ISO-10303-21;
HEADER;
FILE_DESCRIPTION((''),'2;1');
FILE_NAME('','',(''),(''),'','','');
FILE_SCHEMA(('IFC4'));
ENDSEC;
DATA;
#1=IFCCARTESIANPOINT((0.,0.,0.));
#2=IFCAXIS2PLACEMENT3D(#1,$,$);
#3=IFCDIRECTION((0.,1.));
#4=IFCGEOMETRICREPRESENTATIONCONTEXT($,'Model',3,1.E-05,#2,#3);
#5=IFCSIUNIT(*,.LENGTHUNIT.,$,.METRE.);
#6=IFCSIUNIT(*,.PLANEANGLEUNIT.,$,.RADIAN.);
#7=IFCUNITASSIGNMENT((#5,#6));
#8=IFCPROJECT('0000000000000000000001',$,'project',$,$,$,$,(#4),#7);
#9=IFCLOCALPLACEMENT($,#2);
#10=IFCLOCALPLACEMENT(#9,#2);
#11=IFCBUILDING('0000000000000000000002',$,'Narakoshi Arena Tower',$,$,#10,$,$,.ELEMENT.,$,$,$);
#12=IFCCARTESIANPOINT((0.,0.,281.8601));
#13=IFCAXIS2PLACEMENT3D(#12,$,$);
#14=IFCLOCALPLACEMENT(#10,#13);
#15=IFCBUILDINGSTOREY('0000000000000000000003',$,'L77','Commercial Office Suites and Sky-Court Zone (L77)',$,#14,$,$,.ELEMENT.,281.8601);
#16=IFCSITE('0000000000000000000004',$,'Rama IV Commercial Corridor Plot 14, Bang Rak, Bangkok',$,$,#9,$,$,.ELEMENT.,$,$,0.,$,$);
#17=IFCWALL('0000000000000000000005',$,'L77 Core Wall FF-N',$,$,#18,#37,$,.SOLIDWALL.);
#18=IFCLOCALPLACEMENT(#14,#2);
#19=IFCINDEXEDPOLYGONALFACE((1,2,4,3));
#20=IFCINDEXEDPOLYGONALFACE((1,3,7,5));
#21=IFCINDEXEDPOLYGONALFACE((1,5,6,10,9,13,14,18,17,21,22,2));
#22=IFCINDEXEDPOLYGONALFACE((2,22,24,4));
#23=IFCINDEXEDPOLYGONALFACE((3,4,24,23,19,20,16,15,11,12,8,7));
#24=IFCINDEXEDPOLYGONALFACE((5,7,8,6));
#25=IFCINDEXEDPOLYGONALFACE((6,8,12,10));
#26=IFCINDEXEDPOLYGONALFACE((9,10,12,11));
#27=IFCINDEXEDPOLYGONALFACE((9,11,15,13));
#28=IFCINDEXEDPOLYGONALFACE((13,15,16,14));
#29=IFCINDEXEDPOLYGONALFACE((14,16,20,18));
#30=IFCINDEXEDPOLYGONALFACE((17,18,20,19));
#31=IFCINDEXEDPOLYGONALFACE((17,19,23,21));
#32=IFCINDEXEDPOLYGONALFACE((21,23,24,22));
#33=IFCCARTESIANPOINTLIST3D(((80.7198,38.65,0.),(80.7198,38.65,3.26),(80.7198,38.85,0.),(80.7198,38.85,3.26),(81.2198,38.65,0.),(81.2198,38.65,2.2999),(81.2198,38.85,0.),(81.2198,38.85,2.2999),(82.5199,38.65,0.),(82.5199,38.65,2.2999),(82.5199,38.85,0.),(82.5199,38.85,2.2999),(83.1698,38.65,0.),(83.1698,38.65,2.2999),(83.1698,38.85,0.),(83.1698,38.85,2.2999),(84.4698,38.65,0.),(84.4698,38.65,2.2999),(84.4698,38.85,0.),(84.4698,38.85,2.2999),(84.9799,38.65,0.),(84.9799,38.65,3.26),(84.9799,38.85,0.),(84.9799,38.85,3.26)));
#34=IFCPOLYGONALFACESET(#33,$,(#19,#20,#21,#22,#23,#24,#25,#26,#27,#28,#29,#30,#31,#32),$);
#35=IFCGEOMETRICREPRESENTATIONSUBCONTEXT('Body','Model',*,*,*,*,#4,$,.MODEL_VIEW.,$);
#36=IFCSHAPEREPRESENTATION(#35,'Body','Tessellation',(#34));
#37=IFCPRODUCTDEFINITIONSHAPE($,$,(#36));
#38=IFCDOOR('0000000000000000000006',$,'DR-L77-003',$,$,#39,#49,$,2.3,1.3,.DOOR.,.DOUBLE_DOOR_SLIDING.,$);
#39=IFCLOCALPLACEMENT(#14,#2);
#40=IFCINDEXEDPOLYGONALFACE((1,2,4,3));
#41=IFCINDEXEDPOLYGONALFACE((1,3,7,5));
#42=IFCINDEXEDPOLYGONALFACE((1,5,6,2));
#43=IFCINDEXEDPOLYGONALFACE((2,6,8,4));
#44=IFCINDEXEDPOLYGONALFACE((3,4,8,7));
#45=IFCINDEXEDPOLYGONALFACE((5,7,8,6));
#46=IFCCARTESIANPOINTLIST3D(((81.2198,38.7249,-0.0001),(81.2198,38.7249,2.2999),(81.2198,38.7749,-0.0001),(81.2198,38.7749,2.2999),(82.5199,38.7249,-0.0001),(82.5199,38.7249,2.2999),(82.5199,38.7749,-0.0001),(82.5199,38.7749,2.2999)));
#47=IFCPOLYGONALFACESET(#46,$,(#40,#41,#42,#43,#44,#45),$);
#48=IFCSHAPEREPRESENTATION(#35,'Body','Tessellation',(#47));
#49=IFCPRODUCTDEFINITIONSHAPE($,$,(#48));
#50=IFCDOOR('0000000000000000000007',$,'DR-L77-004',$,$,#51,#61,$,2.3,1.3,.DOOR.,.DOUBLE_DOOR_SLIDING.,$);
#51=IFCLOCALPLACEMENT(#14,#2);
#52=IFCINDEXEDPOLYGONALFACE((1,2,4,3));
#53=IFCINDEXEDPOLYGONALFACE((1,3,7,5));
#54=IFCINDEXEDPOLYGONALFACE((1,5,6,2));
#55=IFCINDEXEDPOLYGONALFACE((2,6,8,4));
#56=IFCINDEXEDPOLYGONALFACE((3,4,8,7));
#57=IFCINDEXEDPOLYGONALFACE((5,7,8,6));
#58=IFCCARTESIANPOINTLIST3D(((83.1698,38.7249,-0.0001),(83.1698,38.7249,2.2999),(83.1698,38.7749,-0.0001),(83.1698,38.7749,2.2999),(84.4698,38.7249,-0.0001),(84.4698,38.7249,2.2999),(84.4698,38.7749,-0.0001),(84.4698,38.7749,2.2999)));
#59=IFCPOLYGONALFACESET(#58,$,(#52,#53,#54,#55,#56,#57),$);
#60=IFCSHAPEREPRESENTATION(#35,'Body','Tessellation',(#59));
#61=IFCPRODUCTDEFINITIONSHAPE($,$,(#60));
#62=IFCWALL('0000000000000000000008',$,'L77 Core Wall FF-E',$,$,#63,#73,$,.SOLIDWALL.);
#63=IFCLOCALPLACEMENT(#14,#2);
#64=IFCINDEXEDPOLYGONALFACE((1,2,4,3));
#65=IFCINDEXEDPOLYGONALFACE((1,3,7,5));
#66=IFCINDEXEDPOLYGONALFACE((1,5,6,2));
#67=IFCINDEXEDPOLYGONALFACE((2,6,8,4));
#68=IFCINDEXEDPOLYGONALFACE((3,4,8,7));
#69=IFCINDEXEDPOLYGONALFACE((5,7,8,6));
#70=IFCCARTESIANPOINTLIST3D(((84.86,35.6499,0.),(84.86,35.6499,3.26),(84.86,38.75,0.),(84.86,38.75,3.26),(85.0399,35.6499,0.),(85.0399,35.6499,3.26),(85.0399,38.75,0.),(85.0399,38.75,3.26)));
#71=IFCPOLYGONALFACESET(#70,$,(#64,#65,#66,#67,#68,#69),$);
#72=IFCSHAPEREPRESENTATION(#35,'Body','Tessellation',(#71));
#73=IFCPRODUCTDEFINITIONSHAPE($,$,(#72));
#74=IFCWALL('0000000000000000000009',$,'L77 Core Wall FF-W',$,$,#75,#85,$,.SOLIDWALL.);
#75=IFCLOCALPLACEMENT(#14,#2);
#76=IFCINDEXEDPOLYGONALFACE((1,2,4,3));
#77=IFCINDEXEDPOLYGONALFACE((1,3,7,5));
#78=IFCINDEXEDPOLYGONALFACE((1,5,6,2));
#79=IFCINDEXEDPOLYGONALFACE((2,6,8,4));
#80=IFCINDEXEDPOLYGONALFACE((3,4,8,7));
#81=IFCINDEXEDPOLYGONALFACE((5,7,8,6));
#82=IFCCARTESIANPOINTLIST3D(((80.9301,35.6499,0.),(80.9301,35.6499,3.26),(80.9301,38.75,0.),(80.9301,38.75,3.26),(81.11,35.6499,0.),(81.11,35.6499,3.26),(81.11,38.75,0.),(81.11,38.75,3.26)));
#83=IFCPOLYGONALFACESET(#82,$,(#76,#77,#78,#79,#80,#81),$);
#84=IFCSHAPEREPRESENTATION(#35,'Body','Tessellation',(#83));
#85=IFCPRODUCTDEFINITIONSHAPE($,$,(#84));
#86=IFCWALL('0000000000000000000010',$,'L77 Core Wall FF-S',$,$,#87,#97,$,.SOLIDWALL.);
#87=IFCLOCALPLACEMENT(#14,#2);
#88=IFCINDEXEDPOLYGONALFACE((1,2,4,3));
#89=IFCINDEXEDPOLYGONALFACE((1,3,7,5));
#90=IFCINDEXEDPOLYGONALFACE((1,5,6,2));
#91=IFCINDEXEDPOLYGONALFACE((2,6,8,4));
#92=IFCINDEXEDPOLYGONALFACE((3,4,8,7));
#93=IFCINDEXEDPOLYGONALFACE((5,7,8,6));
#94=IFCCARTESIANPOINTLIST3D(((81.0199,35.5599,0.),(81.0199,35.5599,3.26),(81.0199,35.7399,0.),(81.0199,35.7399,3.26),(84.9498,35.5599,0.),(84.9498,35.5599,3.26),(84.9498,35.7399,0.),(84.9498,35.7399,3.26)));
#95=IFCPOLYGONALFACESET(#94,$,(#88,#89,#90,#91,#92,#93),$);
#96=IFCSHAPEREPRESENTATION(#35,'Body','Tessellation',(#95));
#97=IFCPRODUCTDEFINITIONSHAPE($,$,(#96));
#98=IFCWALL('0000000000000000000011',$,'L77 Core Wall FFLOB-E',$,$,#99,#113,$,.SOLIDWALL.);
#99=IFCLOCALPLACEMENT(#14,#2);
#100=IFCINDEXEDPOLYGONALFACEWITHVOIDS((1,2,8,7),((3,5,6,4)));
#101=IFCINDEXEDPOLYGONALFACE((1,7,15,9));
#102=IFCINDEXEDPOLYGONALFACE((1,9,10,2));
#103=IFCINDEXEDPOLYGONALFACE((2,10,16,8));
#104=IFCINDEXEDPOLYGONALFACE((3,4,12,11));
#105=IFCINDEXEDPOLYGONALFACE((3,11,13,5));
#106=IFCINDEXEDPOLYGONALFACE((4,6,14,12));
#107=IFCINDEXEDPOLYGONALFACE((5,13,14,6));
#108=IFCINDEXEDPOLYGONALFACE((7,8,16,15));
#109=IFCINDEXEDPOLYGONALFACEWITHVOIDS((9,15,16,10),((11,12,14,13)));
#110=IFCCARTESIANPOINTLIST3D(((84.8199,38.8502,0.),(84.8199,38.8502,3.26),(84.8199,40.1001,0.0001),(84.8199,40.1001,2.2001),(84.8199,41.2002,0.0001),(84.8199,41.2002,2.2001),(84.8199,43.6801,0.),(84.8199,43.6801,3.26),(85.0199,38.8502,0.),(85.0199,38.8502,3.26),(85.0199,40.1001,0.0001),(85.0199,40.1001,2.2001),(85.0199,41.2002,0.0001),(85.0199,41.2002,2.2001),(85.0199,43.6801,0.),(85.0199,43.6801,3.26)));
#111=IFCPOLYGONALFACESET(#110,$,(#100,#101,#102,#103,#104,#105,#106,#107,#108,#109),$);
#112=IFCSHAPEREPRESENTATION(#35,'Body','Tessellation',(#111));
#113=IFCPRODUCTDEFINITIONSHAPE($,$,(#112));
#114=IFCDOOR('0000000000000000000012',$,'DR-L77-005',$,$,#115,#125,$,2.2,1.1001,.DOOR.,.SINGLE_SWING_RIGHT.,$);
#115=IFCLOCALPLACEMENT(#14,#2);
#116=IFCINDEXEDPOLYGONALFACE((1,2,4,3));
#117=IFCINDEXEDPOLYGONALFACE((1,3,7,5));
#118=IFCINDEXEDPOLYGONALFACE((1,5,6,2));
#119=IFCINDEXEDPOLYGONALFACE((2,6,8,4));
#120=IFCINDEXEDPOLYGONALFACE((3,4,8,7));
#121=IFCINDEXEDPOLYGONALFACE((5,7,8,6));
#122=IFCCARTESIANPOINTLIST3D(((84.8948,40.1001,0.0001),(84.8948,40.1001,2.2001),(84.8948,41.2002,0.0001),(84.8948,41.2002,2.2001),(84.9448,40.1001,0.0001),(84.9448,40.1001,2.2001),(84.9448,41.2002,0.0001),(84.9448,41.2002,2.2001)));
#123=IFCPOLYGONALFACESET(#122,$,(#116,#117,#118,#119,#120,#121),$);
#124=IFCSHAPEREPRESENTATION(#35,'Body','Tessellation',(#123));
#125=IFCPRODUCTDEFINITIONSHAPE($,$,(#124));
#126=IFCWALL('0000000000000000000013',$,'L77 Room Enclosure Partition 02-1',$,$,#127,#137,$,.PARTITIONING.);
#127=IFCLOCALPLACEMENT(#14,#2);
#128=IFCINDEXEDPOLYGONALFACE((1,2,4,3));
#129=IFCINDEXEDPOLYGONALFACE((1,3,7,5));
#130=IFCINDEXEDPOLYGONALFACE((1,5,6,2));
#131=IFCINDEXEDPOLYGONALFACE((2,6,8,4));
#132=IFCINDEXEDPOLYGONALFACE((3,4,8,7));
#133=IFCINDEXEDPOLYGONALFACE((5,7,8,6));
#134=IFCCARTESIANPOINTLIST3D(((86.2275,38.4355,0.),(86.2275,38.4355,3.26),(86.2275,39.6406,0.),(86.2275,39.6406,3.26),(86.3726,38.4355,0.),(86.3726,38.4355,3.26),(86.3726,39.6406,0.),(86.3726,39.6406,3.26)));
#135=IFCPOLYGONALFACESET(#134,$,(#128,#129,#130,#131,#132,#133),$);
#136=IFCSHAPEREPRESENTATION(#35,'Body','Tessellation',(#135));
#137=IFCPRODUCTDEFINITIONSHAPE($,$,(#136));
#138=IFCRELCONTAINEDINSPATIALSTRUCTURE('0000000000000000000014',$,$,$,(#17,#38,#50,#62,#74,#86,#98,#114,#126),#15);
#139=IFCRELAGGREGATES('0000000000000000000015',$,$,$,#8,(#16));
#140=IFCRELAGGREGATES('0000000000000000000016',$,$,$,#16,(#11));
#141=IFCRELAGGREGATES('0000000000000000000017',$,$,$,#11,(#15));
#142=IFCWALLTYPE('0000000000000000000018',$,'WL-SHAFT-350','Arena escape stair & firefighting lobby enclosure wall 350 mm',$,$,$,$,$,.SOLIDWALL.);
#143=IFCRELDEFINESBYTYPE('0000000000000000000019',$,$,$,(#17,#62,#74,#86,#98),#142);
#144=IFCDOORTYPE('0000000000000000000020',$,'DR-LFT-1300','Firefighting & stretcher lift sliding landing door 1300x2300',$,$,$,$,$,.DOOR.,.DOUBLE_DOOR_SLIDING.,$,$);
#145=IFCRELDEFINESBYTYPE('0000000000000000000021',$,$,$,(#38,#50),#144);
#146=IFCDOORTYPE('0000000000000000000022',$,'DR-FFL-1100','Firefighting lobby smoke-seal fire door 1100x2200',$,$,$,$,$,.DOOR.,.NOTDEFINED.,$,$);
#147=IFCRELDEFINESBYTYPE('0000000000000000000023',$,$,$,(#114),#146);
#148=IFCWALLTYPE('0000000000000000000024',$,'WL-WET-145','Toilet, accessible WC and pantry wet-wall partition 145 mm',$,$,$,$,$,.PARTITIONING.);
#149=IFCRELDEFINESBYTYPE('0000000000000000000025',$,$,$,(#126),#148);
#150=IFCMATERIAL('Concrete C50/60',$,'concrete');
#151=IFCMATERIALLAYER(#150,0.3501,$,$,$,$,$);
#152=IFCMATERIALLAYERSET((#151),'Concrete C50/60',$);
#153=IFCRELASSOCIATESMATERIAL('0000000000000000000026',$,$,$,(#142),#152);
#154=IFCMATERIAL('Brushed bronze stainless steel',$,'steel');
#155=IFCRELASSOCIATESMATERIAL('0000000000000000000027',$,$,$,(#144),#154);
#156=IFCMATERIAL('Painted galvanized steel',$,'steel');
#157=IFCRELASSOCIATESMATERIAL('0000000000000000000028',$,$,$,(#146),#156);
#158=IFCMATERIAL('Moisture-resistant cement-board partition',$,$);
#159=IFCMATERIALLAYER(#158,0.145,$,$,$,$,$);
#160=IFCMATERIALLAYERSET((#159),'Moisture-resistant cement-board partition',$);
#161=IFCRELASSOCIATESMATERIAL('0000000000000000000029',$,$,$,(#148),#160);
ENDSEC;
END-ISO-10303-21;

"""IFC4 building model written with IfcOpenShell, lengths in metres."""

from ifc_helpers import new_model, si_unit, direction, frame, frame_2d, origin, place, context, subcontext, project, spatial, rectangle, extrude, material, layer, layer_set, type_object, element, fill, save


model = new_model("IFC4")

# Units and contexts
model_context = context("Model", 3, precision=1e-05, world=origin(), true_north=direction((0.0, 1.0)))
body_context = subcontext(model_context, "Body", "Model", "MODEL_VIEW")
ifc_project = project(units=[si_unit("LENGTHUNIT", "METRE"), si_unit("PLANEANGLEUNIT", "RADIAN")], contexts=[model_context])

# Site, building, storey
site_placement = place(None, origin())
site = spatial("IfcSite", under=ifc_project, at=site_placement, Name="Rama IV Commercial Corridor Plot 14, Bang Rak, Bangkok", CompositionType="ELEMENT", RefElevation=0.0)
building_placement = place(site_placement, origin())
building = spatial("IfcBuilding", under=site, at=building_placement, Name="Narakoshi Arena Tower", CompositionType="ELEMENT")
storey_placement = place(building_placement, frame((0.0, 0.0, 281.8601)))
storey = spatial("IfcBuildingStorey", under=building, at=storey_placement, Name="L77", Description="Commercial Office Suites and Sky-Court Zone (L77)", CompositionType="ELEMENT", Elevation=281.8601)

# Shared definitions
ifc_material_1 = material(Name="Concrete C50/60", Category="concrete")

# Shared definitions
ifc_layer_1 = layer(ifc_material_1, 0.3501)
ifc_layer_set_1 = layer_set([ifc_layer_1], Name="Concrete C50/60")
wall_type_1 = type_object("IfcWallType", Name="WL-SHAFT-350", Description="Arena escape stair & firefighting lobby enclosure wall 350 mm", PredefinedType="SOLIDWALL", material=ifc_layer_set_1)

# Shared definitions
ifc_material_2 = material(Name="Painted galvanized steel", Category="steel")

# Wall, openings, doors
wall_1_placement = place(storey_placement, frame((80.72, 38.75, 0.0), z_axis=(0.0, 0.0, 1.0), x_axis=(1.0, 0.0, 0.0)))
wall_1 = element("IfcWall", 1, at=wall_1_placement, inside=storey, type_object=wall_type_1, Name="L77 Core Wall FF-N", PredefinedType="SOLIDWALL", context=body_context, shape_type="SweptSolid", body=[
    extrude(rectangle(XDim=4.26, YDim=0.2, at=frame_2d((2.1299, 0.0))), origin(), (0.0, 0.0, 1.0), 3.26),
])
opening_1_placement = place(wall_1_placement, frame((0.5, 0.0, 0.0)))
opening_1 = element("IfcOpeningElement", 2, at=opening_1_placement, cuts=wall_1, PredefinedType="OPENING", context=body_context, shape_type="SweptSolid", body=[
    extrude(rectangle(XDim=1.3, YDim=2.3, at=frame_2d((0.6499, 1.1499))), frame((0.0, 0.1099, 0.0), z_axis=(0.0, -1.0, 0.0), x_axis=(1.0, 0.0, 0.0)), (0.0, 0.0, 1.0), 0.22),
])
opening_2_placement = place(wall_1_placement, frame((2.45, 0.0, 0.0)))
opening_2 = element("IfcOpeningElement", 3, at=opening_2_placement, cuts=wall_1, PredefinedType="OPENING", context=body_context, shape_type="SweptSolid", body=[
    extrude(rectangle(XDim=1.3, YDim=2.3, at=frame_2d((0.6499, 1.1499))), frame((0.0, 0.1099, 0.0), z_axis=(0.0, -1.0, 0.0), x_axis=(1.0, 0.0, 0.0)), (0.0, 0.0, 1.0), 0.22),
])
ifc_material_3 = material(Name="Brushed bronze stainless steel", Category="steel")
door_type_1 = type_object("IfcDoorType", Name="DR-LFT-1300", Description="Firefighting & stretcher lift sliding landing door 1300x2300", OperationType="DOUBLE_DOOR_SLIDING", PredefinedType="DOOR", material=ifc_material_3)
door_1_placement = place(opening_1_placement, origin())
door_1 = element("IfcDoor", 4, at=door_1_placement, inside=storey, type_object=door_type_1, Name="DR-L77-003", OperationType="DOUBLE_DOOR_SLIDING", OverallHeight=2.3, OverallWidth=1.3, PredefinedType="DOOR", context=body_context, shape_type="SweptSolid", body=[
    extrude(rectangle(XDim=1.3, YDim=2.3, at=frame_2d((0.6499, 1.1499))), frame((0.0, 0.0249, 0.0), z_axis=(0.0, -1.0, 0.0), x_axis=(1.0, 0.0, 0.0)), (0.0, 0.0, 1.0), 0.05),
])
fill(opening_1, door_1)
door_2_placement = place(opening_2_placement, origin())
door_2 = element("IfcDoor", 5, at=door_2_placement, inside=storey, type_object=door_type_1, Name="DR-L77-004", OperationType="DOUBLE_DOOR_SLIDING", OverallHeight=2.3, OverallWidth=1.3, PredefinedType="DOOR", context=body_context, shape_type="SweptSolid", body=[
    extrude(rectangle(XDim=1.3, YDim=2.3, at=frame_2d((0.6499, 1.1499))), frame((0.0, 0.0249, 0.0), z_axis=(0.0, -1.0, 0.0), x_axis=(1.0, 0.0, 0.0)), (0.0, 0.0, 1.0), 0.05),
])
fill(opening_2, door_2)

# Walls
for number, where, z_axis, x_axis, name in (
    (6, (84.95, 35.6499, 0.0), (0.0, 0.0, 1.0), (0.0, 1.0, 0.0), "L77 Core Wall FF-E"),
    (7, (81.02, 35.6499, 0.0), (0.0, 0.0, 1.0), (0.0, 1.0, 0.0), "L77 Core Wall FF-W"),
):
    element("IfcWall", number, at=place(storey_placement, frame(where, z_axis=z_axis, x_axis=x_axis)), inside=storey, type_object=wall_type_1, Name=name, PredefinedType="SOLIDWALL", context=body_context, shape_type="SweptSolid", body=[
        extrude(rectangle(XDim=3.1001, YDim=0.1799, at=frame_2d((1.55, 0.0))), origin(), (0.0, 0.0, 1.0), 3.26),
    ])
wall_2_placement = place(storey_placement, frame((81.02, 35.6499, 0.0), z_axis=(0.0, 0.0, 1.0), x_axis=(1.0, 0.0, 0.0)))
element("IfcWall", 8, at=wall_2_placement, inside=storey, type_object=wall_type_1, Name="L77 Core Wall FF-S", PredefinedType="SOLIDWALL", context=body_context, shape_type="SweptSolid", body=[
    extrude(rectangle(XDim=3.9299, YDim=0.1799, at=frame_2d((1.9648, 0.0))), origin(), (0.0, 0.0, 1.0), 3.26),
])

# Wall, opening, door
wall_3_placement = place(storey_placement, frame((84.9199, 38.8501, 0.0), z_axis=(0.0, 0.0, 1.0), x_axis=(0.0, 1.0, 0.0)))
wall_3 = element("IfcWall", 9, at=wall_3_placement, inside=storey, type_object=wall_type_1, Name="L77 Core Wall FFLOB-E", PredefinedType="SOLIDWALL", context=body_context, shape_type="SweptSolid", body=[
    extrude(rectangle(XDim=4.8298, YDim=0.2, at=frame_2d((2.415, 0.0))), origin(), (0.0, 0.0, 1.0), 3.26),
])
opening_3_placement = place(wall_3_placement, frame((1.25, 0.0, 0.0)))
opening_3 = element("IfcOpeningElement", 10, at=opening_3_placement, cuts=wall_3, PredefinedType="OPENING", context=body_context, shape_type="SweptSolid", body=[
    extrude(rectangle(XDim=1.1001, YDim=2.2, at=frame_2d((0.55, 1.1001))), frame((0.0, 0.1099, 0.0), z_axis=(0.0, -1.0, 0.0), x_axis=(1.0, 0.0, 0.0)), (0.0, 0.0, 1.0), 0.22),
])
door_type_2 = type_object("IfcDoorType", Name="DR-FFL-1100", Description="Firefighting lobby smoke-seal fire door 1100x2200", OperationType="NOTDEFINED", PredefinedType="DOOR", material=ifc_material_2)
door_3_placement = place(opening_3_placement, frame((1.1001, 0.0, 0.0), z_axis=(0.0, 0.0, 1.0), x_axis=(-1.0, 0.0, 0.0)))
door_3 = element("IfcDoor", 11, at=door_3_placement, inside=storey, type_object=door_type_2, Name="DR-L77-005", OperationType="SINGLE_SWING_RIGHT", OverallHeight=2.2, OverallWidth=1.1001, PredefinedType="DOOR", context=body_context, shape_type="SweptSolid", body=[
    extrude(rectangle(XDim=1.1001, YDim=2.2, at=frame_2d((0.55, 1.1001))), frame((0.0, 0.0249, 0.0), z_axis=(0.0, -1.0, 0.0), x_axis=(1.0, 0.0, 0.0)), (0.0, 0.0, 1.0), 0.05),
])
fill(opening_3, door_3)

# Wall
ifc_material_4 = material(Name="Moisture-resistant cement-board partition")
ifc_layer_2 = layer(ifc_material_4, 0.145)
ifc_layer_set_2 = layer_set([ifc_layer_2], Name="Moisture-resistant cement-board partition")
wall_type_2 = type_object("IfcWallType", Name="WL-WET-145", Description="Toilet, accessible WC and pantry wet-wall partition 145 mm", PredefinedType="PARTITIONING", material=ifc_layer_set_2)
wall_4_placement = place(storey_placement, frame((86.3, 38.4355, 0.0), z_axis=(0.0, 0.0, 1.0), x_axis=(0.0, 1.0, 0.0)))
element("IfcWall", 12, at=wall_4_placement, inside=storey, type_object=wall_type_2, Name="L77 Room Enclosure Partition 02-1", PredefinedType="PARTITIONING", context=body_context, shape_type="SweptSolid", body=[
    extrude(rectangle(XDim=1.2051, YDim=0.145, at=frame_2d((0.6025, 0.0))), origin(), (0.0, 0.0, 1.0), 3.26),
])

save(model, "model.ifc")
